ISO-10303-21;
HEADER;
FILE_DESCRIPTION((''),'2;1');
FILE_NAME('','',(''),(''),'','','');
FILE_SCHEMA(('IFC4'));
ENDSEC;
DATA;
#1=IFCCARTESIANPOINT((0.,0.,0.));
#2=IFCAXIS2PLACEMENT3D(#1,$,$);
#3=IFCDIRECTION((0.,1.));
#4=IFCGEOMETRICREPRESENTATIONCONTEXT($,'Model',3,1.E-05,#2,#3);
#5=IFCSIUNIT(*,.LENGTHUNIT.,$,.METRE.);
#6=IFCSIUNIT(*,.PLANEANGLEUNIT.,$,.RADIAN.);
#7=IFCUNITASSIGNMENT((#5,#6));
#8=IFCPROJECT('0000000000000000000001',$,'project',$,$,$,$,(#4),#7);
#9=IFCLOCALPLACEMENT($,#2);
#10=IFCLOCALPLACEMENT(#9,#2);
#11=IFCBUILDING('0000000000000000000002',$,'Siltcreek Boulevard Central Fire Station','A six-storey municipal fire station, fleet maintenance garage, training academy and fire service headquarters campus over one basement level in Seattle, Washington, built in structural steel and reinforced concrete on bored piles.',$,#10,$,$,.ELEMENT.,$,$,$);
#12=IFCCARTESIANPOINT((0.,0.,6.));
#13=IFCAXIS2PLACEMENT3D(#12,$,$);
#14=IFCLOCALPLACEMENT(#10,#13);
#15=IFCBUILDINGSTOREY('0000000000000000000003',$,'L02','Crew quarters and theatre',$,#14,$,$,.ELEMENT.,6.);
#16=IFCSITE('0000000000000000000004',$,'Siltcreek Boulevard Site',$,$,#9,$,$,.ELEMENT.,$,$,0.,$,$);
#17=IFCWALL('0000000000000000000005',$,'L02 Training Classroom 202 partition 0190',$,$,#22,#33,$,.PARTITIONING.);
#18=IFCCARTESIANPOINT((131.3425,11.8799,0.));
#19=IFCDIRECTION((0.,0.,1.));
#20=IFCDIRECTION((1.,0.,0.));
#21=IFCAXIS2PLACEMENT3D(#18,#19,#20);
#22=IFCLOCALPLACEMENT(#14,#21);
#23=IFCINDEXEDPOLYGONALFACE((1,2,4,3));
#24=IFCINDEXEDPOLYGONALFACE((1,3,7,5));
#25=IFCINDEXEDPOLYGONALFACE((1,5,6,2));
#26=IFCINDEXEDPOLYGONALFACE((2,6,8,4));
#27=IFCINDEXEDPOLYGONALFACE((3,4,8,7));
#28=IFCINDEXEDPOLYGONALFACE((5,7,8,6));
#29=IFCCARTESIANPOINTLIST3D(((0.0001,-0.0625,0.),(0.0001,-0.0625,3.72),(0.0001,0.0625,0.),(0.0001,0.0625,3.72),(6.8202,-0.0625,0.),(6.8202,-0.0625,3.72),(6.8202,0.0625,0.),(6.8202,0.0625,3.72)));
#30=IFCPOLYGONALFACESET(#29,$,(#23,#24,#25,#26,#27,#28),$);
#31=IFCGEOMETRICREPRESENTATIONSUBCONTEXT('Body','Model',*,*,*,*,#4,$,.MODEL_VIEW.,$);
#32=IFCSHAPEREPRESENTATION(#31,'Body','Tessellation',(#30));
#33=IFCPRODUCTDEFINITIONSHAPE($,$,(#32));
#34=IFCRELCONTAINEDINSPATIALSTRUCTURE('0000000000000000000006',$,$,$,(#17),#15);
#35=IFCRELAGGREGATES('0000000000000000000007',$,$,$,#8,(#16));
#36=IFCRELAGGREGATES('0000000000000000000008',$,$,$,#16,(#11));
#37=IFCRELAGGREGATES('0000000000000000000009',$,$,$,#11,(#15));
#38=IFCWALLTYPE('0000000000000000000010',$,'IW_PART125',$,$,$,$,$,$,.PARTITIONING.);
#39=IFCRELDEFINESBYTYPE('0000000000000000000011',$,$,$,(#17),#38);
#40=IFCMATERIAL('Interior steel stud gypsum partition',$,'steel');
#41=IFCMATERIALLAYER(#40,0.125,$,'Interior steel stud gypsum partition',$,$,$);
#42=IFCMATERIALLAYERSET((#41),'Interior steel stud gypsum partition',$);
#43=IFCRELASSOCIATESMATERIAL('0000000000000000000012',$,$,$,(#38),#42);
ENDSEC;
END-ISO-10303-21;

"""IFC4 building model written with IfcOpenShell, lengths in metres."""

from ifc_helpers import new_model, si_unit, direction, frame, frame_2d, origin, place, context, subcontext, project, spatial, rectangle, extrude, material, layer, layer_set, type_object, element, save


model = new_model("IFC4")

# Units and contexts
model_context = context("Model", 3, precision=1e-05, world=origin(), true_north=direction((0.0, 1.0)))
body_context = subcontext(model_context, "Body", "Model", "MODEL_VIEW")
ifc_project = project(units=[si_unit("LENGTHUNIT", "METRE"), si_unit("PLANEANGLEUNIT", "RADIAN")], contexts=[model_context])

# Site, building, storey
site_placement = place(None, origin())
site = spatial("IfcSite", under=ifc_project, at=site_placement, Name="Siltcreek Boulevard Site", CompositionType="ELEMENT", RefElevation=0.0)
building_placement = place(site_placement, origin())
building = spatial("IfcBuilding", under=site, at=building_placement, Name="Siltcreek Boulevard Central Fire Station", Description="A six-storey municipal fire station, fleet maintenance garage, training academy and fire service headquarters campus over one basement level in Seattle, Washington, built in structural steel and reinforced concrete on bored piles.", CompositionType="ELEMENT")
storey_placement = place(building_placement, frame((0.0, 0.0, 6.0)))
storey = spatial("IfcBuildingStorey", under=building, at=storey_placement, Name="L02", Description="Crew quarters and theatre", CompositionType="ELEMENT", Elevation=6.0)

# Shared definitions
ifc_material_1 = material(Name="Interior steel stud gypsum partition", Category="steel")
ifc_layer_1 = layer(ifc_material_1, 0.125, Name="Interior steel stud gypsum partition")
ifc_layer_set_1 = layer_set([ifc_layer_1], Name="Interior steel stud gypsum partition")
wall_type_1 = type_object("IfcWallType", Name="IW_PART125", PredefinedType="PARTITIONING", material=ifc_layer_set_1)

# Wall
wall_1_placement = place(storey_placement, frame((131.3425, 11.8799, 0.0), z_axis=(0.0, 0.0, 1.0), x_axis=(1.0, 0.0, 0.0)))
element("IfcWall", 1, at=wall_1_placement, inside=storey, type_object=wall_type_1, Name="L02 Training Classroom 202 partition 0190", PredefinedType="PARTITIONING", context=body_context, shape_type="SweptSolid", body=[
    extrude(rectangle(XDim=6.8201, YDim=0.125, at=frame_2d((3.4102, 0.0))), origin(), (0.0, 0.0, 1.0), 3.72),
])

save(model, "model.ifc")
